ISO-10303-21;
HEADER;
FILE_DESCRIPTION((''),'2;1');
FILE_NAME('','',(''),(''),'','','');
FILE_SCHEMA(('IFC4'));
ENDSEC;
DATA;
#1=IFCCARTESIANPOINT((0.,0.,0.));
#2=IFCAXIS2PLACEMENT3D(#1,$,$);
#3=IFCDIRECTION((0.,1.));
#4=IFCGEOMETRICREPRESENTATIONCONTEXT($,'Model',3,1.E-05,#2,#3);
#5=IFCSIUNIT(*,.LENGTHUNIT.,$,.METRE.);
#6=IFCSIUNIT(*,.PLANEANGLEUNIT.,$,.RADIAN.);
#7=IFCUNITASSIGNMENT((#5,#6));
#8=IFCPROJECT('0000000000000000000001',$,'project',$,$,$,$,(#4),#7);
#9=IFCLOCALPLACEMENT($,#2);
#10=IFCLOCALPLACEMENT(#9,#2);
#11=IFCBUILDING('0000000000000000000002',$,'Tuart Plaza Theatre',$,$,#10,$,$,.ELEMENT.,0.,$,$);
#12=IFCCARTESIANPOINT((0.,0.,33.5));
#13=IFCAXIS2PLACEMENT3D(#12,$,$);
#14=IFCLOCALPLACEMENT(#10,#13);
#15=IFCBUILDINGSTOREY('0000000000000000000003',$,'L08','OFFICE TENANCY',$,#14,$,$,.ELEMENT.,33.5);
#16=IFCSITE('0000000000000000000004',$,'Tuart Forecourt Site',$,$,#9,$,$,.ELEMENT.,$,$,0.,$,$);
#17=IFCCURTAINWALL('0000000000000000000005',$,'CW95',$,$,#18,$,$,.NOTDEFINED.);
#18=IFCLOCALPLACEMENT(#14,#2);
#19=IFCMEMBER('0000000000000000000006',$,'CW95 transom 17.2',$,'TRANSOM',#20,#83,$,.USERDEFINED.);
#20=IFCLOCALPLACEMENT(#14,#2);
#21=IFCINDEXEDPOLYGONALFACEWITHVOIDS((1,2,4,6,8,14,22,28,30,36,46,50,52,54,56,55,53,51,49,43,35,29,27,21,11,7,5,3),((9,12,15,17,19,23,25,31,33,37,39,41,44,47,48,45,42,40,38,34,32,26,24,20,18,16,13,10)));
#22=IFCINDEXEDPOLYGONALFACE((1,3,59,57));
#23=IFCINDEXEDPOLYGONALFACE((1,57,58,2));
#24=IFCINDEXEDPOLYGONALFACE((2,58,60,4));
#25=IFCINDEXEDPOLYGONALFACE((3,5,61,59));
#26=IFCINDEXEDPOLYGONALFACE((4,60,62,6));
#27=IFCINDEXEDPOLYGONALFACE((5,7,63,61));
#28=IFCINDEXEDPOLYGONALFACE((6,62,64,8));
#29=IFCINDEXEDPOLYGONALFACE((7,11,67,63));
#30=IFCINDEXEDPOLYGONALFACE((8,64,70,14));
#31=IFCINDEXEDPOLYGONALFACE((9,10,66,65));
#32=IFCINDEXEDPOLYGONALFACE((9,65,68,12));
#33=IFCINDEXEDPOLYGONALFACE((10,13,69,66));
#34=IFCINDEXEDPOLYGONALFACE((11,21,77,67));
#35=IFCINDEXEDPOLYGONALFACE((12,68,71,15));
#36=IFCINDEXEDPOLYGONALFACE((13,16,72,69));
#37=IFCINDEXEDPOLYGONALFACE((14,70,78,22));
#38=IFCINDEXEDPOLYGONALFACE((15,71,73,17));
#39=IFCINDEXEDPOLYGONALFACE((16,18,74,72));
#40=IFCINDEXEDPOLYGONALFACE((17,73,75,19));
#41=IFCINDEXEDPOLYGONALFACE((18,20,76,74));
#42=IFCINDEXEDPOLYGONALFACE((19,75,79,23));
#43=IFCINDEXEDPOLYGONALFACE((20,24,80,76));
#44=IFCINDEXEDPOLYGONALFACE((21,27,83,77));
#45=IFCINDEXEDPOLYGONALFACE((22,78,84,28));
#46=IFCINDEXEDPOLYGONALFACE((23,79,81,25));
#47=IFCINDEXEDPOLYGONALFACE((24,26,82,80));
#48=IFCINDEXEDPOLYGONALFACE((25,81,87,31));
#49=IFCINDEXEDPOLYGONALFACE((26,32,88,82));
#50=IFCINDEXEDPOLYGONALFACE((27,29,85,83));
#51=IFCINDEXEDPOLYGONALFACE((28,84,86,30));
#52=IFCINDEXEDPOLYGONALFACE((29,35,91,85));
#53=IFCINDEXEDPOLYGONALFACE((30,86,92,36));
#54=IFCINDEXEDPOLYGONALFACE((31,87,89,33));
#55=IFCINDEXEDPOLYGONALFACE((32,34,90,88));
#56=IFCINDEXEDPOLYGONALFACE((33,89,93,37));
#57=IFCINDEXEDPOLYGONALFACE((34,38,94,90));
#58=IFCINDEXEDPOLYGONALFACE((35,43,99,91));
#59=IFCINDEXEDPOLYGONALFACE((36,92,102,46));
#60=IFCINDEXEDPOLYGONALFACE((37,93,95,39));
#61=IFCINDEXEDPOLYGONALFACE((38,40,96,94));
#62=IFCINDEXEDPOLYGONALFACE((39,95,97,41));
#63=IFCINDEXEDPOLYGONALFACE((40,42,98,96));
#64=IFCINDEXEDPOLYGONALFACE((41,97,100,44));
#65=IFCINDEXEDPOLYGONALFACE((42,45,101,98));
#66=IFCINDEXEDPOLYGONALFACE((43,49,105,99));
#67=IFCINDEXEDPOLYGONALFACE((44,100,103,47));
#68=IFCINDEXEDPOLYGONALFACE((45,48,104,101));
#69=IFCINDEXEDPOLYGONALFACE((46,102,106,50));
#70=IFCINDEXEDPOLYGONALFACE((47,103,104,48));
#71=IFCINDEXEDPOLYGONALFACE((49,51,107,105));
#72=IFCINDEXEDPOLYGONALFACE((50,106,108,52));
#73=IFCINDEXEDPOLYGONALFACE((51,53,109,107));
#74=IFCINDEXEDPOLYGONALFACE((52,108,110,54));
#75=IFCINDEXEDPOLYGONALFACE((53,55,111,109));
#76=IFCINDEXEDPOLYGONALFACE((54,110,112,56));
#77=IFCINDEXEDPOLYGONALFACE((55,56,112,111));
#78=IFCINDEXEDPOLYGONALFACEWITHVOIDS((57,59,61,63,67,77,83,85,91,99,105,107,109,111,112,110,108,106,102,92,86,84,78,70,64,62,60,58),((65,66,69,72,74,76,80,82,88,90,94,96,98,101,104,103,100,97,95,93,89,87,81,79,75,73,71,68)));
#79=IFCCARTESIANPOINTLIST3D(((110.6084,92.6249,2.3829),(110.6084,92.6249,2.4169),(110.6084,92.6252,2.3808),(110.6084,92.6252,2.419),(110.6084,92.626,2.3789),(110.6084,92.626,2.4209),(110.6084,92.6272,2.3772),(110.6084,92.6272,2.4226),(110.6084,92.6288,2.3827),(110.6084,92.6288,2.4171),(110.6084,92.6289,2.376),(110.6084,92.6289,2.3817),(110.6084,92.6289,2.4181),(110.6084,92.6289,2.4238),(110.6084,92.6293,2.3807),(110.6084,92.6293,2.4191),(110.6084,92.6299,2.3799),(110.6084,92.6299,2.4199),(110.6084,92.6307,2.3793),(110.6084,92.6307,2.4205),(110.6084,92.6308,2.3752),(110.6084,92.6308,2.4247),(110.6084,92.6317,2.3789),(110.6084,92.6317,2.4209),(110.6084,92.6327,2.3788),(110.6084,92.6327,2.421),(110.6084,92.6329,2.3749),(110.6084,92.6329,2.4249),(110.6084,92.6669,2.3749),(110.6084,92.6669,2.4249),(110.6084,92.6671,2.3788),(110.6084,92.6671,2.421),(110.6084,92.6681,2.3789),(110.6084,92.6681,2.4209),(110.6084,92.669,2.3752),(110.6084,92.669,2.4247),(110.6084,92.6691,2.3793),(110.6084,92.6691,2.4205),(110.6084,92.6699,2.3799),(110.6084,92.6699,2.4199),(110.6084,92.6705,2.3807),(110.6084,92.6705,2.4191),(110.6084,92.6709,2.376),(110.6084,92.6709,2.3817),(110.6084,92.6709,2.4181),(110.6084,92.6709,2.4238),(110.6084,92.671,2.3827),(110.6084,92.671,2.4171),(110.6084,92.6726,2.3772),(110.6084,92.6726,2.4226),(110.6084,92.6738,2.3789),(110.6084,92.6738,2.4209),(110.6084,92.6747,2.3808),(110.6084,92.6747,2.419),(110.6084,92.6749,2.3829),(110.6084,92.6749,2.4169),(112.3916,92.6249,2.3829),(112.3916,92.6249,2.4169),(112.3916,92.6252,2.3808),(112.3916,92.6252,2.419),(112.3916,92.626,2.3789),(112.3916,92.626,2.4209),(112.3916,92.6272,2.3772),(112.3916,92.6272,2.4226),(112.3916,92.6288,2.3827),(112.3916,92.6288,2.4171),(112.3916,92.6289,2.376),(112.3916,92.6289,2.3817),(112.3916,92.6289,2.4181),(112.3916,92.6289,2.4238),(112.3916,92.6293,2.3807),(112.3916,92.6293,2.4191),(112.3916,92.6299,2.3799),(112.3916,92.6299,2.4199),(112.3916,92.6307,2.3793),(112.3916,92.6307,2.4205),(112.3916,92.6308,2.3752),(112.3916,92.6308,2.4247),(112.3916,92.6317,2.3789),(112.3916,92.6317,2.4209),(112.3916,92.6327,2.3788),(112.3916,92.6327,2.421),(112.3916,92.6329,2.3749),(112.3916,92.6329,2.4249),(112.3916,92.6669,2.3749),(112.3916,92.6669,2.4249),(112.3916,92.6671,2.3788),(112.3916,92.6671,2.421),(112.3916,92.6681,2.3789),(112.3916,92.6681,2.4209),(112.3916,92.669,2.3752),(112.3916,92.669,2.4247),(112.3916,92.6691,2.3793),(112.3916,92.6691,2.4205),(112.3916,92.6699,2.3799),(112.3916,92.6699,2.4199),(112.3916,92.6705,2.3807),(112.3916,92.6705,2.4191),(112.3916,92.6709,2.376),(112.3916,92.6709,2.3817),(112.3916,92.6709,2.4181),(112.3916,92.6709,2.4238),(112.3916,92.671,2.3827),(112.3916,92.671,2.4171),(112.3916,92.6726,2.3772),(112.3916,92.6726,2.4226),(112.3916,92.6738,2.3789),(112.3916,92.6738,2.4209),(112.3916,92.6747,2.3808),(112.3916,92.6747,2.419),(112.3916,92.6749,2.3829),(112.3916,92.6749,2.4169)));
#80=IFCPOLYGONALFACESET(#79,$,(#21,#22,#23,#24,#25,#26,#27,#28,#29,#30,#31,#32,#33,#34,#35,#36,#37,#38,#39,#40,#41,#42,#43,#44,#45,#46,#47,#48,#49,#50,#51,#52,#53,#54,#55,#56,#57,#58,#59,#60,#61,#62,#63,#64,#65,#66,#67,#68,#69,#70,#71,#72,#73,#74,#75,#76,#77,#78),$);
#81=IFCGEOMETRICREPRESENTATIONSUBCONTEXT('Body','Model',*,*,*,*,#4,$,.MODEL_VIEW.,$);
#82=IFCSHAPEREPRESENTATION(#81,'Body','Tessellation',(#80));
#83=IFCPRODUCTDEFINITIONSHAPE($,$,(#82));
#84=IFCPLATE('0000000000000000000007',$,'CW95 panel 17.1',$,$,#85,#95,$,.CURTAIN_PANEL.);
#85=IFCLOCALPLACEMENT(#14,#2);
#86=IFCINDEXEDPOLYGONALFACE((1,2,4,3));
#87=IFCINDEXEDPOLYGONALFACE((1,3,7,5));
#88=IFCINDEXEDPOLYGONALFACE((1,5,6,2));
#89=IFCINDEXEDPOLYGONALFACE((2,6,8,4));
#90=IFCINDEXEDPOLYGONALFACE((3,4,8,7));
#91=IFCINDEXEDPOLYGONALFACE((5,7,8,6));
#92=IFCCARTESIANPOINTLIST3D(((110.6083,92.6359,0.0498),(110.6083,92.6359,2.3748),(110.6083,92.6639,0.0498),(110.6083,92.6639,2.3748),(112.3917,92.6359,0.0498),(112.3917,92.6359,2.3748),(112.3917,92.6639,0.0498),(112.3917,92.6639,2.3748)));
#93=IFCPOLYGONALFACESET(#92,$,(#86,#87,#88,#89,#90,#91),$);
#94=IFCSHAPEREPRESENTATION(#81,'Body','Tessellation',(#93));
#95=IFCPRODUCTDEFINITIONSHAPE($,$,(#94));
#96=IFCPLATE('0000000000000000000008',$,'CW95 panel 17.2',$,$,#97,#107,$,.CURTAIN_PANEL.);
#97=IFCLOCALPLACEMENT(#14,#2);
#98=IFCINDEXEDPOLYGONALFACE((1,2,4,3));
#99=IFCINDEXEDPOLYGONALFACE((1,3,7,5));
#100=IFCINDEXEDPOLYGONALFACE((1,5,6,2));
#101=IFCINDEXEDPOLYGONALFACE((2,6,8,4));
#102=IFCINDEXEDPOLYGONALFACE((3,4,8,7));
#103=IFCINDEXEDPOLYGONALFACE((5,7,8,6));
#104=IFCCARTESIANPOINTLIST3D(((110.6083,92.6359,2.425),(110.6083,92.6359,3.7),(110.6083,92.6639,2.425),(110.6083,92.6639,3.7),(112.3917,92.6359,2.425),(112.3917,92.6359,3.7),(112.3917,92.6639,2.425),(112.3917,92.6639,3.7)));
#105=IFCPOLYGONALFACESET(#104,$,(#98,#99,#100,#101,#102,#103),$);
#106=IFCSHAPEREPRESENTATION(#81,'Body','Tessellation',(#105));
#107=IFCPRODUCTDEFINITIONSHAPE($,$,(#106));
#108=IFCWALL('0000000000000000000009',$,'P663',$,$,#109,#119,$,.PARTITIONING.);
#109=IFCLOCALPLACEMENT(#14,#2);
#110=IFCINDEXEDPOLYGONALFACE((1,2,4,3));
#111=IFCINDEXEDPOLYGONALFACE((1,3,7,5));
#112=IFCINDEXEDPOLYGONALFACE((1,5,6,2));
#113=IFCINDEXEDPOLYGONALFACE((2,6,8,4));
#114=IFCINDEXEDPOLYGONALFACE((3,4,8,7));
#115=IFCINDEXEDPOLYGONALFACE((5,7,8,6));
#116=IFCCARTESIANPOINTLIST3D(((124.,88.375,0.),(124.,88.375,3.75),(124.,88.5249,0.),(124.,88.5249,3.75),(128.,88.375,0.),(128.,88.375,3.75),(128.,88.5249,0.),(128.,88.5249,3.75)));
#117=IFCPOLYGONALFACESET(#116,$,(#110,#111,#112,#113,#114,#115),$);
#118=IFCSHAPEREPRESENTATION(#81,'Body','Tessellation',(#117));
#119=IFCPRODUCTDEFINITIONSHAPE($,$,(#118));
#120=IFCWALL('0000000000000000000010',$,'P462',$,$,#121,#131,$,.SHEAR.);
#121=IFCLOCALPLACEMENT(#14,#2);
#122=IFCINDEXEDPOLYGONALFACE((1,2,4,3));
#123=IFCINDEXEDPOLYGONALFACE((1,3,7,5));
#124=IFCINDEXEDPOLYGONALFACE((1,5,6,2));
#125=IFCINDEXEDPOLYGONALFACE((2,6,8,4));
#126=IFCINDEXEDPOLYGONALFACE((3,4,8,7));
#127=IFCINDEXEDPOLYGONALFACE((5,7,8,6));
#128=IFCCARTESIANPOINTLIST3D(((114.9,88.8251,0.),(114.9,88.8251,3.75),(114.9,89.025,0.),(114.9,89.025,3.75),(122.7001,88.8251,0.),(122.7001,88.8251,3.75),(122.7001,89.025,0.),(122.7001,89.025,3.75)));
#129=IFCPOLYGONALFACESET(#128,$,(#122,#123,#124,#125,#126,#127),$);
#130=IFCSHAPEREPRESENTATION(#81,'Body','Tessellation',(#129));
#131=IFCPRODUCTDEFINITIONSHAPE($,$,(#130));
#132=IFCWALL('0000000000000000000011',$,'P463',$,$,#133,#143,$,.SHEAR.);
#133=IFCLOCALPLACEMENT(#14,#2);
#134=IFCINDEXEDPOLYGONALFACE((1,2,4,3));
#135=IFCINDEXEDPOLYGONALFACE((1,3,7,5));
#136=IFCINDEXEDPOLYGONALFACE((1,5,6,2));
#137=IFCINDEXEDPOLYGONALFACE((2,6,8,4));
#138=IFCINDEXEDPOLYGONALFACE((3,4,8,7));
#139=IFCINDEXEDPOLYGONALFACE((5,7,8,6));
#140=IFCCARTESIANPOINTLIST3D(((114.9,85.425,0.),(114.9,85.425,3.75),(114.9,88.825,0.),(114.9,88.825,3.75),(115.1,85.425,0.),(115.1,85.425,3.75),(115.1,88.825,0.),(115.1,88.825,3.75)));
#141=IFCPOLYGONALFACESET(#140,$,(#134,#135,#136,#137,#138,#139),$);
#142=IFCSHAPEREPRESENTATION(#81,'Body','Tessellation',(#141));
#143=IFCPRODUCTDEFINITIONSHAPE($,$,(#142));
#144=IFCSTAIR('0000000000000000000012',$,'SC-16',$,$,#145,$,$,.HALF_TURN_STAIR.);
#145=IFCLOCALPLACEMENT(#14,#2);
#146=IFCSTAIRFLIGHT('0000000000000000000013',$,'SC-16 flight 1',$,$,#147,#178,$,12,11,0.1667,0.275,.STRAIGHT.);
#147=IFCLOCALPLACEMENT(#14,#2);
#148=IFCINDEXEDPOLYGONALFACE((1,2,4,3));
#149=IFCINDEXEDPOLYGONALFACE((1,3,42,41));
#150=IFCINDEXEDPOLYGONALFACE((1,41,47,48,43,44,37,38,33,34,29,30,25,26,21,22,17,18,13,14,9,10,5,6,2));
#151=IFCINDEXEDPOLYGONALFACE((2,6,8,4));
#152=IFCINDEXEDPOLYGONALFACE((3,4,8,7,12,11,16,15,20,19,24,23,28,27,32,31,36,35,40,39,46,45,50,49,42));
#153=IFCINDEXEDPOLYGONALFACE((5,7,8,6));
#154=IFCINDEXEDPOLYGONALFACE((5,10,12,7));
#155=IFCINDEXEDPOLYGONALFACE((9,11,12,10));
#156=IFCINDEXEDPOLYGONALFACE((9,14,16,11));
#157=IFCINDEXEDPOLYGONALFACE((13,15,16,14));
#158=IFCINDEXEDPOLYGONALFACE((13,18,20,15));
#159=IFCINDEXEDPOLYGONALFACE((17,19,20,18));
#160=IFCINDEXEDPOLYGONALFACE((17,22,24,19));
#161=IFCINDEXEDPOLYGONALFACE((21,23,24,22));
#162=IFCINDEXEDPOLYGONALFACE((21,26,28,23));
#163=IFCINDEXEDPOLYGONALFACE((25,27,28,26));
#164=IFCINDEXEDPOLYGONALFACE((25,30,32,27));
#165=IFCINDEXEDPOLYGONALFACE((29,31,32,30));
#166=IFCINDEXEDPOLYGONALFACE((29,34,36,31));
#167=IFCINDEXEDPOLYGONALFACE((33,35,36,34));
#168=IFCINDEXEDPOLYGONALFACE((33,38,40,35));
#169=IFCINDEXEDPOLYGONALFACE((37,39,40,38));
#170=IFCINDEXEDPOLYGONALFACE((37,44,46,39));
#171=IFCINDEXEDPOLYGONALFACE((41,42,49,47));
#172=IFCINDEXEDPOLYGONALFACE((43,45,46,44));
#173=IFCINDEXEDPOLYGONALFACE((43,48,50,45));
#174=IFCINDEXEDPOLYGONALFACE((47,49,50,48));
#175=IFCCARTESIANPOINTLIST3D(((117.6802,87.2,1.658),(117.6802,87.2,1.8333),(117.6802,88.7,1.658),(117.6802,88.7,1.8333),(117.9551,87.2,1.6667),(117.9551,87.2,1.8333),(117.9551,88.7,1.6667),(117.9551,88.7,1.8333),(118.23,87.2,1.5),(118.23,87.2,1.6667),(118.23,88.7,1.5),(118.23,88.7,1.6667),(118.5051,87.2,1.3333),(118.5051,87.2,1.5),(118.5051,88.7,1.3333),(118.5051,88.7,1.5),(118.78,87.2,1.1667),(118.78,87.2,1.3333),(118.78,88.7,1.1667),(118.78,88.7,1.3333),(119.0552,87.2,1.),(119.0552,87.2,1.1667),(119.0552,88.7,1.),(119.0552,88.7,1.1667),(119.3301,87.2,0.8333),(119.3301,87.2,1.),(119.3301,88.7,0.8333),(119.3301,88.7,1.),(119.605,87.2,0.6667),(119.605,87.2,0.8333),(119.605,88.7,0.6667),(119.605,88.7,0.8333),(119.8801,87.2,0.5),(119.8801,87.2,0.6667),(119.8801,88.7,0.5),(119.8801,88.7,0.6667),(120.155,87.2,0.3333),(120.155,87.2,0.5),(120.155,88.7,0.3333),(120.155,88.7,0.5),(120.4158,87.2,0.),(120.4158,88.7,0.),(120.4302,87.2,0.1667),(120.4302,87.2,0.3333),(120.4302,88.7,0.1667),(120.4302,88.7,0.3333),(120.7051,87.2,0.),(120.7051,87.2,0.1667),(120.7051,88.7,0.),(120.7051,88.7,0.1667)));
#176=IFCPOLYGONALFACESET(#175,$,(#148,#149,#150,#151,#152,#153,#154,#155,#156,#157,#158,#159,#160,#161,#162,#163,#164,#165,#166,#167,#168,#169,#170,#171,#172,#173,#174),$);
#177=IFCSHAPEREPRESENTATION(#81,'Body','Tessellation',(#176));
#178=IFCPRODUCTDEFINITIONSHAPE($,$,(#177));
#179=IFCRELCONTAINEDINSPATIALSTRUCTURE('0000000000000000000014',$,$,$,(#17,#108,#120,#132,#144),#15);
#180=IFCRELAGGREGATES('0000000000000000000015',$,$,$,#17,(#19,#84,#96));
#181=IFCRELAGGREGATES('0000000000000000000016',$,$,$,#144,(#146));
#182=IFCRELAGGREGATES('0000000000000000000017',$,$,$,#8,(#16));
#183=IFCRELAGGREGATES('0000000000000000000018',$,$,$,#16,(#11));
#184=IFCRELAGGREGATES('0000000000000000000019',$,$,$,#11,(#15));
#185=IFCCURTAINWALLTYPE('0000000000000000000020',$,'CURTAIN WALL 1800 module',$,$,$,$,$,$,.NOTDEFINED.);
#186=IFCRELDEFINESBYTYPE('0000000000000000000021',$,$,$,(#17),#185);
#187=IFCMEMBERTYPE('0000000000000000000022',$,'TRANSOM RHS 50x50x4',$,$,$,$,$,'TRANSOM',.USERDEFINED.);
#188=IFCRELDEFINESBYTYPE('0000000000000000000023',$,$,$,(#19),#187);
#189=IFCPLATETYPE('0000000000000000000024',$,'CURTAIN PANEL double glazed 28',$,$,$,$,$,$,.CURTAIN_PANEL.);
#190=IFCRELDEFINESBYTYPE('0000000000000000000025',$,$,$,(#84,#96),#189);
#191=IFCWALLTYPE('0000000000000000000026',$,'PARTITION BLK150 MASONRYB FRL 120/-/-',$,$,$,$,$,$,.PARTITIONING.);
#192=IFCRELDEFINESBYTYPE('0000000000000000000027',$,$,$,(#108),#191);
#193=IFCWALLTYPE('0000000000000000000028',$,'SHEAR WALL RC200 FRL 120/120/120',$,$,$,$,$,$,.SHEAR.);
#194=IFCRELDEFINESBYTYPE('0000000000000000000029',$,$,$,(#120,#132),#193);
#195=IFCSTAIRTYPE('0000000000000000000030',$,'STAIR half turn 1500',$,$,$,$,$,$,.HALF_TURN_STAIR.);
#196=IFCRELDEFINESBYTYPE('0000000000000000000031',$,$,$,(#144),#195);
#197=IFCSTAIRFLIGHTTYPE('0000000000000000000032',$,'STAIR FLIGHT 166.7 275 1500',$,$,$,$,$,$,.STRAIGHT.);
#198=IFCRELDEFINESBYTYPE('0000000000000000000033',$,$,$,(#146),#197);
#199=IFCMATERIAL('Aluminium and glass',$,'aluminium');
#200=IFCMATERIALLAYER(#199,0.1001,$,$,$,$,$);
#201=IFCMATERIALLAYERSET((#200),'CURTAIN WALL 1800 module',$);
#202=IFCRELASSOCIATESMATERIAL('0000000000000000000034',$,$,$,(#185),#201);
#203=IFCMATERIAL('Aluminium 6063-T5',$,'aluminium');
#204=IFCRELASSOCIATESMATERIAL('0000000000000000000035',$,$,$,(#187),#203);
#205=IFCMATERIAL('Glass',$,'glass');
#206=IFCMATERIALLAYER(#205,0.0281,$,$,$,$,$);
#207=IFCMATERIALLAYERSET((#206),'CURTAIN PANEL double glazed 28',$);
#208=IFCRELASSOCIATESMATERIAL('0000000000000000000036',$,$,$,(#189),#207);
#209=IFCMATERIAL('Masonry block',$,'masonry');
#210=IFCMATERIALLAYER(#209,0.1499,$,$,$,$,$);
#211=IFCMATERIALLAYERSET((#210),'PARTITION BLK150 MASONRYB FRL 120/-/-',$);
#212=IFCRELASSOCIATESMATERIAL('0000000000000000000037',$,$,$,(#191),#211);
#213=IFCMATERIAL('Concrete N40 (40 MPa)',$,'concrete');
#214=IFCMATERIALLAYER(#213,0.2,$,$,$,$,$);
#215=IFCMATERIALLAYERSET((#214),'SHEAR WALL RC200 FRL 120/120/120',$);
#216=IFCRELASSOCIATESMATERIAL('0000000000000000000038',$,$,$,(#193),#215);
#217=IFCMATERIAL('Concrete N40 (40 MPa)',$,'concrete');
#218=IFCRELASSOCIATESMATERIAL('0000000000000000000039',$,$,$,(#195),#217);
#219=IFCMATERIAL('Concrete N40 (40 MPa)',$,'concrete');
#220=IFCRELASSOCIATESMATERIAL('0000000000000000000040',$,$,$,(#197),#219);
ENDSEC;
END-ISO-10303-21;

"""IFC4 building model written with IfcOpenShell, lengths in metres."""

from ifc_helpers import new_model, si_unit, direction, frame, frame_2d, origin, origin_2d, place, context, subcontext, project, spatial, polyline, rectangle, hollow_rectangle, outline, extrude, material, layer, layer_set, material_profile, profile_set, type_object, element, aggregate, save


model = new_model("IFC4")

# Units and contexts
model_context = context("Model", 3, precision=1e-05, world=origin(), true_north=direction((0.0, 1.0)))
body_context = subcontext(model_context, "Body", "Model", "MODEL_VIEW")
ifc_project = project(units=[si_unit("LENGTHUNIT", "METRE"), si_unit("PLANEANGLEUNIT", "RADIAN")], contexts=[model_context])

# Site, building, storey
site_placement = place(None, origin())
site = spatial("IfcSite", under=ifc_project, at=site_placement, Name="Tuart Forecourt Site", CompositionType="ELEMENT", RefElevation=0.0)
building_placement = place(site_placement, origin())
building = spatial("IfcBuilding", under=site, at=building_placement, Name="Tuart Plaza Theatre", CompositionType="ELEMENT", ElevationOfRefHeight=0.0)
storey_placement = place(building_placement, frame((0.0, 0.0, 33.5)))
storey = spatial("IfcBuildingStorey", under=building, at=storey_placement, Name="L08", Description="OFFICE TENANCY", CompositionType="ELEMENT", Elevation=33.5)

# Curtain wall, member, plates
ifc_material_1 = material(Name="Aluminium and glass", Category="aluminium")
ifc_layer_1 = layer(ifc_material_1, 0.1001)
ifc_layer_set_1 = layer_set([ifc_layer_1], Name="CURTAIN WALL 1800 module")
curtain_wall_type = type_object("IfcCurtainWallType", Name="CURTAIN WALL 1800 module", PredefinedType="NOTDEFINED", material=ifc_layer_set_1)
curtain_wall_placement = place(storey_placement, origin())
curtain_wall = element("IfcCurtainWall", 1, at=curtain_wall_placement, inside=storey, type_object=curtain_wall_type, Name="CW95", PredefinedType="NOTDEFINED")
ifc_material_2 = material(Name="Aluminium 6063-T5", Category="aluminium")
ifc_material_profile_1 = material_profile(ifc_material_2, hollow_rectangle(XDim=0.05, YDim=0.05, WallThickness=0.0039, InnerFilletRadius=0.0039, OuterFilletRadius=0.0081, at=origin_2d()), Name="RHS 50x50x4")
ifc_profile_set_1 = profile_set([ifc_material_profile_1], Name="Aluminium 6063-T5")
member_type = type_object("IfcMemberType", Name="TRANSOM RHS 50x50x4", ElementType="TRANSOM", PredefinedType="USERDEFINED", material=ifc_profile_set_1)
member_1_placement = place(storey_placement, frame((112.3916, 92.6499, 2.3999), z_axis=(-1.0, 0.0, 0.0), x_axis=(0.0, -1.0, 0.0)))
member_1 = element("IfcMember", 2, at=member_1_placement, type_object=member_type, Name="CW95 transom 17.2", ObjectType="TRANSOM", PredefinedType="USERDEFINED", context=body_context, shape_type="SweptSolid", body=[
    extrude(hollow_rectangle(XDim=0.05, YDim=0.05, WallThickness=0.0039, InnerFilletRadius=0.0039, OuterFilletRadius=0.0081, at=origin_2d()), origin(), (0.0, 0.0, 1.0), 1.7832),
])
ifc_material_3 = material(Name="Glass", Category="glass")
ifc_layer_2 = layer(ifc_material_3, 0.0281)
ifc_layer_set_2 = layer_set([ifc_layer_2], Name="CURTAIN PANEL double glazed 28")
plate_type = type_object("IfcPlateType", Name="CURTAIN PANEL double glazed 28", PredefinedType="CURTAIN_PANEL", material=ifc_layer_set_2)
plate_1_placement = place(storey_placement, frame((111.5, 92.6499, 0.0498), z_axis=(0.0, 0.0, 1.0), x_axis=(-1.0, 0.0, 0.0)))
plate_1 = element("IfcPlate", 3, at=plate_1_placement, type_object=plate_type, Name="CW95 panel 17.1", PredefinedType="CURTAIN_PANEL", context=body_context, shape_type="SweptSolid", body=[
    extrude(rectangle(XDim=1.7834, YDim=0.0281, at=origin_2d()), origin(), (0.0, 0.0, 1.0), 2.325),
])
plate_2_placement = place(storey_placement, frame((111.5, 92.6499, 2.425), z_axis=(0.0, 0.0, 1.0), x_axis=(-1.0, 0.0, 0.0)))
plate_2 = element("IfcPlate", 4, at=plate_2_placement, type_object=plate_type, Name="CW95 panel 17.2", PredefinedType="CURTAIN_PANEL", context=body_context, shape_type="SweptSolid", body=[
    extrude(rectangle(XDim=1.7834, YDim=0.0281, at=origin_2d()), origin(), (0.0, 0.0, 1.0), 1.2749),
])
aggregate(curtain_wall, [member_1, plate_1, plate_2])

# Walls
ifc_material_4 = material(Name="Masonry block", Category="masonry")
ifc_layer_3 = layer(ifc_material_4, 0.1499)
ifc_layer_set_3 = layer_set([ifc_layer_3], Name="PARTITION BLK150 MASONRYB FRL 120/-/-")
wall_type_1 = type_object("IfcWallType", Name="PARTITION BLK150 MASONRYB FRL 120/-/-", PredefinedType="PARTITIONING", material=ifc_layer_set_3)
wall_1_placement = place(storey_placement, frame((124.0, 88.45, 0.0), z_axis=(0.0, 0.0, 1.0), x_axis=(1.0, 0.0, 0.0)))
element("IfcWall", 5, at=wall_1_placement, inside=storey, type_object=wall_type_1, Name="P663", PredefinedType="PARTITIONING", context=body_context, shape_type="SweptSolid", body=[
    extrude(rectangle(XDim=4.0, YDim=0.1499, at=frame_2d((2.0, 0.0))), origin(), (0.0, 0.0, 1.0), 3.75),
])
ifc_material_5 = material(Name="Concrete N40 (40 MPa)", Category="concrete")
ifc_layer_4 = layer(ifc_material_5, 0.2)
ifc_layer_set_4 = layer_set([ifc_layer_4], Name="SHEAR WALL RC200 FRL 120/120/120")
wall_type_2 = type_object("IfcWallType", Name="SHEAR WALL RC200 FRL 120/120/120", PredefinedType="SHEAR", material=ifc_layer_set_4)
wall_2_placement = place(storey_placement, frame((122.7, 88.925, 0.0), z_axis=(0.0, 0.0, 1.0), x_axis=(-1.0, 0.0, 0.0)))
element("IfcWall", 6, at=wall_2_placement, inside=storey, type_object=wall_type_2, Name="P462", PredefinedType="SHEAR", context=body_context, shape_type="SweptSolid", body=[
    extrude(rectangle(XDim=7.8, YDim=0.2, at=frame_2d((3.8999, 0.0))), origin(), (0.0, 0.0, 1.0), 3.75),
])
wall_3_placement = place(storey_placement, frame((115.0, 88.825, 0.0), z_axis=(0.0, 0.0, 1.0), x_axis=(0.0, -1.0, 0.0)))
element("IfcWall", 7, at=wall_3_placement, inside=storey, type_object=wall_type_2, Name="P463", PredefinedType="SHEAR", context=body_context, shape_type="SweptSolid", body=[
    extrude(rectangle(XDim=3.3999, YDim=0.2, at=frame_2d((1.7, 0.0))), origin(), (0.0, 0.0, 1.0), 3.75),
])

# Stair, stair flight
ifc_material_6 = material(Name="Concrete N40 (40 MPa)", Category="concrete")
stair_type = type_object("IfcStairType", Name="STAIR half turn 1500", PredefinedType="HALF_TURN_STAIR", material=ifc_material_6)
stair_placement = place(storey_placement, origin())
stair = element("IfcStair", 8, at=stair_placement, inside=storey, type_object=stair_type, Name="SC-16", PredefinedType="HALF_TURN_STAIR")
ifc_material_7 = material(Name="Concrete N40 (40 MPa)", Category="concrete")
stair_flight_type = type_object("IfcStairFlightType", Name="STAIR FLIGHT 166.7 275 1500", PredefinedType="STRAIGHT", material=ifc_material_7)
stair_flight_1_placement = place(storey_placement, frame((120.7051, 87.95, 0.0), z_axis=(0.0, 0.0, 1.0), x_axis=(-1.0, 0.0, 0.0)))
stair_flight_1 = element("IfcStairFlight", 9, at=stair_flight_1_placement, type_object=stair_flight_type, Name="SC-16 flight 1", NumberOfRisers=12, NumberOfTreads=11, PredefinedType="STRAIGHT", RiserHeight=0.1667, TreadLength=0.275, context=body_context, shape_type="SweptSolid", body=[
    extrude(outline(polyline([(0.0, 0.0), (0.0, 0.1667), (0.2749, 0.1667), (0.2749, 0.3333), (0.55, 0.3333), (0.55, 0.5), (0.825, 0.5), (0.825, 0.6667), (1.1001, 0.6667), (1.1001, 0.8333), (1.375, 0.8333), (1.375, 1.0), (1.6499, 1.0), (1.6499, 1.1667), (1.925, 1.1667), (1.925, 1.3333), (2.2, 1.3333), (2.2, 1.5), (2.4751, 1.5), (2.4751, 1.6667), (2.75, 1.6667), (2.75, 1.8333), (3.0249, 1.8333), (3.0249, 2.0), (3.0249, 1.658), (0.2893, 0.0), (0.0, 0.0)])), frame((0.0, 0.75, 0.0), z_axis=(0.0, -1.0, 0.0), x_axis=(1.0, 0.0, 0.0)), (0.0, 0.0, 1.0), 1.5),
])
aggregate(stair, [stair_flight_1])

save(model, "model.ifc")
